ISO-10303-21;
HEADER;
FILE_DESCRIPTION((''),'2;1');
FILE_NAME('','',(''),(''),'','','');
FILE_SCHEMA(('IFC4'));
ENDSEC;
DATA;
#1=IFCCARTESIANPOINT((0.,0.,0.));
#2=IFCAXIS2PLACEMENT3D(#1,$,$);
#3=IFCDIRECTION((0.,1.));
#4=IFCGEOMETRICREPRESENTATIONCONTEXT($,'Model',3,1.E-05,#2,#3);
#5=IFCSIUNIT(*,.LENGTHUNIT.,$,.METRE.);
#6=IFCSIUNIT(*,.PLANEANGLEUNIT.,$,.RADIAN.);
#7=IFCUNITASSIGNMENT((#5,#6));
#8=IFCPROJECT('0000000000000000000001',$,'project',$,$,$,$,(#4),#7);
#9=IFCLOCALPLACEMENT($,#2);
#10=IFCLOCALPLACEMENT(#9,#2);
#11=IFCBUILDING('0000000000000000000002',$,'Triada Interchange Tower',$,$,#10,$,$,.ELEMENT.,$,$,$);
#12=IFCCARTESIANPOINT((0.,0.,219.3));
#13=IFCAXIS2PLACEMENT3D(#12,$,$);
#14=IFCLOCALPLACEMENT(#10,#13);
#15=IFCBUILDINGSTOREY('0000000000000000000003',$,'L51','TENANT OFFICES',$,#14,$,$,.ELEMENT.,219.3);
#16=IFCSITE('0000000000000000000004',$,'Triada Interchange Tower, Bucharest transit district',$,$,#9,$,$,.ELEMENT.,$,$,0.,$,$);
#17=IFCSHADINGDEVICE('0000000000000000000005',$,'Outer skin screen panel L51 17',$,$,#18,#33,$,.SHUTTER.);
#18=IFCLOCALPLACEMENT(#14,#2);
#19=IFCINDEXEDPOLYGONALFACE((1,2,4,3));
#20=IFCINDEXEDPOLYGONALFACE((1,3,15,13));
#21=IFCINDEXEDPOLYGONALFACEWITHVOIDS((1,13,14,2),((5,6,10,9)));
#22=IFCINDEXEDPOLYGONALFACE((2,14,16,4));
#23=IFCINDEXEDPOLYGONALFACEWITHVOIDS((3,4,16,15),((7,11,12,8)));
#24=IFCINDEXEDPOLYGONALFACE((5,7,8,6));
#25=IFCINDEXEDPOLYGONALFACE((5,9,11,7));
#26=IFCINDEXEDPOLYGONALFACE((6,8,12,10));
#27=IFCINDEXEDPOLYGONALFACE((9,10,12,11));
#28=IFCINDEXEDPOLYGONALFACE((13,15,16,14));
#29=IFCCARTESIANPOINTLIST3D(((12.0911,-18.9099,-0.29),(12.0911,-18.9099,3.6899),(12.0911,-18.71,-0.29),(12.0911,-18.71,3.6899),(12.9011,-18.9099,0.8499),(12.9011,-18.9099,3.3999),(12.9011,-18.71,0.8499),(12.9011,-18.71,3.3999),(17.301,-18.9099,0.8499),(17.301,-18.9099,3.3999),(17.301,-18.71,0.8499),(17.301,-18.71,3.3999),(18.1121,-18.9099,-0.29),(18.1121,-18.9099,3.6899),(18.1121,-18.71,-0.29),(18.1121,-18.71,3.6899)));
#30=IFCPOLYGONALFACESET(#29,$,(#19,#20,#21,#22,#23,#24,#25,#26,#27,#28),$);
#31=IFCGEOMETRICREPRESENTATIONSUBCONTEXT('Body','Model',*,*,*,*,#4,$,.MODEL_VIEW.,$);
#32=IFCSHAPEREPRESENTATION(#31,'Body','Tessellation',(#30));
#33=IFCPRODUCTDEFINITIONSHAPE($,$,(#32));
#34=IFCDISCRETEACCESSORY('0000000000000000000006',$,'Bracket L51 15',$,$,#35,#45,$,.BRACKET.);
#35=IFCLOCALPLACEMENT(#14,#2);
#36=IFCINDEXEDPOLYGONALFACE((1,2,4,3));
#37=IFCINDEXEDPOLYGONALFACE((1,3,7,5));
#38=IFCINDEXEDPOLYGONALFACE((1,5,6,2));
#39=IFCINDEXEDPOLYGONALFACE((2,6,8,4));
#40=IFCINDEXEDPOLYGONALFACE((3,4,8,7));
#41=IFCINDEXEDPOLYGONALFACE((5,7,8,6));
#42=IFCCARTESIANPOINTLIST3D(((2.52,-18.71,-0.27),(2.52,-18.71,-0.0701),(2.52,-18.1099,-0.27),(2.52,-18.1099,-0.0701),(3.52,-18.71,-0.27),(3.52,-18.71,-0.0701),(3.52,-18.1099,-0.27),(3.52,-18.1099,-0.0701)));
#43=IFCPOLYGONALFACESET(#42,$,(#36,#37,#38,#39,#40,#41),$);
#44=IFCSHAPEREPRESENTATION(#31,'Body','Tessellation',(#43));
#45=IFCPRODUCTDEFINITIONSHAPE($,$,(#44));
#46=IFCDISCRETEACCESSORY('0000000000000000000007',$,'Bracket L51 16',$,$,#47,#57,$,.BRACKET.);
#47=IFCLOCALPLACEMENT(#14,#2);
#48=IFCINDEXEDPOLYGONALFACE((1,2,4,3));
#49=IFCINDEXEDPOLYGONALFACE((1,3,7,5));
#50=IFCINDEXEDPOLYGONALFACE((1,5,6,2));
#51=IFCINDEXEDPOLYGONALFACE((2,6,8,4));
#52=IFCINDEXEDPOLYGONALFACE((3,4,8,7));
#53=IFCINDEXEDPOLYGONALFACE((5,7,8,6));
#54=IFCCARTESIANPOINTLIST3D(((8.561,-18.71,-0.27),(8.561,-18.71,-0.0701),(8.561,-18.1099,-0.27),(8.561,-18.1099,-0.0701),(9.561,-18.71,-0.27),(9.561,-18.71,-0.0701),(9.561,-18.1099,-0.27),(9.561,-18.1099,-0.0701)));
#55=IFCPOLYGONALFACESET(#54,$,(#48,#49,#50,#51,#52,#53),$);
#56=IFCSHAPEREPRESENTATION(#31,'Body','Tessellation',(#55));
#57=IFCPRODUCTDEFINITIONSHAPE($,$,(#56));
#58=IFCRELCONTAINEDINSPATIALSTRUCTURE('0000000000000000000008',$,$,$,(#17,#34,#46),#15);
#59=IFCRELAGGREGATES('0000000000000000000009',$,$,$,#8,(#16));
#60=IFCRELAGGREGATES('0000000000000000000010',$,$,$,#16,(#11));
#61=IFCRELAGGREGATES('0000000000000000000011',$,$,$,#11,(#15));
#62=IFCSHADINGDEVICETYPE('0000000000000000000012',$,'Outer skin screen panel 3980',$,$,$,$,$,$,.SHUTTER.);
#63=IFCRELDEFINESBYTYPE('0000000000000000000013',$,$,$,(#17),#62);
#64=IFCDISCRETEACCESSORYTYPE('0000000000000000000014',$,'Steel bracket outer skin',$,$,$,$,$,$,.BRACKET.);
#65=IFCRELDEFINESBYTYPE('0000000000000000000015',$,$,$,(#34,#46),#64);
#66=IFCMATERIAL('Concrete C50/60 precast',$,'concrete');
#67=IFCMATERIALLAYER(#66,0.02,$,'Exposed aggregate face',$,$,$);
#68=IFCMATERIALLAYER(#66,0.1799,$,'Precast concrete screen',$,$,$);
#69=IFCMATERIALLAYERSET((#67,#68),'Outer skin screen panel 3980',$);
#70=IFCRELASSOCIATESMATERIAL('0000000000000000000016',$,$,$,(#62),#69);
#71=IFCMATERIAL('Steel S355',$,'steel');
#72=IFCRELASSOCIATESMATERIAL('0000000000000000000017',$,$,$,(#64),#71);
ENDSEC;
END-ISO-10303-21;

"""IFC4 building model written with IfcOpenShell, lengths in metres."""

from ifc_helpers import new_model, si_unit, direction, frame, origin, origin_2d, place, context, subcontext, project, spatial, polyline, rectangle, outline, extrude, material, layer, layer_set, type_object, element, save


model = new_model("IFC4")

# Units and contexts
model_context = context("Model", 3, precision=1e-05, world=origin(), true_north=direction((0.0, 1.0)))
body_context = subcontext(model_context, "Body", "Model", "MODEL_VIEW")
ifc_project = project(units=[si_unit("LENGTHUNIT", "METRE"), si_unit("PLANEANGLEUNIT", "RADIAN")], contexts=[model_context])

# Site, building, storey
site_placement = place(None, origin())
site = spatial("IfcSite", under=ifc_project, at=site_placement, Name="Triada Interchange Tower, Bucharest transit district", CompositionType="ELEMENT", RefElevation=0.0)
building_placement = place(site_placement, origin())
building = spatial("IfcBuilding", under=site, at=building_placement, Name="Triada Interchange Tower", CompositionType="ELEMENT")
storey_placement = place(building_placement, frame((0.0, 0.0, 219.3)))
storey = spatial("IfcBuildingStorey", under=building, at=storey_placement, Name="L51", Description="TENANT OFFICES", CompositionType="ELEMENT", Elevation=219.3)

# Shading device
ifc_material_1 = material(Name="Concrete C50/60 precast", Category="concrete")
ifc_layer_1 = layer(ifc_material_1, 0.02, Name="Exposed aggregate face")
ifc_layer_2 = layer(ifc_material_1, 0.1799, Name="Precast concrete screen")
ifc_layer_set_1 = layer_set([ifc_layer_1, ifc_layer_2], Name="Outer skin screen panel 3980")
shading_device_type = type_object("IfcShadingDeviceType", Name="Outer skin screen panel 3980", PredefinedType="SHUTTER", material=ifc_layer_set_1)
shading_device_1_placement = place(storey_placement, frame((12.0911, -18.71, -0.29), z_axis=(0.0, 0.0, 1.0), x_axis=(1.0, 0.0, 0.0)))
element("IfcShadingDevice", 1, at=shading_device_1_placement, inside=storey, type_object=shading_device_type, Name="Outer skin screen panel L51 17", PredefinedType="SHUTTER", context=body_context, shape_type="SweptSolid", body=[
    extrude(outline(polyline([(0.0, 0.0), (6.021, 0.0), (6.021, 3.98), (0.0, 3.98), (0.0, 0.0)]), holes=[polyline([(0.8101, 1.1399), (0.8101, 3.6899), (5.21, 3.6899), (5.21, 1.1399), (0.8101, 1.1399)])]), frame((0.0, 0.0, 0.0), z_axis=(0.0, -1.0, 0.0), x_axis=(1.0, 0.0, 0.0)), (0.0, 0.0, 1.0), 0.2),
])

# Discrete accessories
ifc_material_2 = material(Name="Steel S355", Category="steel")
discrete_accessory_type = type_object("IfcDiscreteAccessoryType", Name="Steel bracket outer skin", PredefinedType="BRACKET", material=ifc_material_2)
for number, where, z_axis, x_axis, name in (
    (2, (3.02, -18.4099, -0.27), (0.0, 0.0, 1.0), (0.0, -1.0, 0.0), "Bracket L51 15"),
    (3, (9.061, -18.4099, -0.27), (0.0, 0.0, 1.0), (0.0, -1.0, 0.0), "Bracket L51 16"),
):
    element("IfcDiscreteAccessory", number, at=place(storey_placement, frame(where, z_axis=z_axis, x_axis=x_axis)), inside=storey, type_object=discrete_accessory_type, Name=name, PredefinedType="BRACKET", context=body_context, shape_type="SweptSolid", body=[
        extrude(rectangle(XDim=0.6001, YDim=1.0, at=origin_2d()), origin(), (0.0, 0.0, 1.0), 0.2),
    ])

save(model, "model.ifc")
